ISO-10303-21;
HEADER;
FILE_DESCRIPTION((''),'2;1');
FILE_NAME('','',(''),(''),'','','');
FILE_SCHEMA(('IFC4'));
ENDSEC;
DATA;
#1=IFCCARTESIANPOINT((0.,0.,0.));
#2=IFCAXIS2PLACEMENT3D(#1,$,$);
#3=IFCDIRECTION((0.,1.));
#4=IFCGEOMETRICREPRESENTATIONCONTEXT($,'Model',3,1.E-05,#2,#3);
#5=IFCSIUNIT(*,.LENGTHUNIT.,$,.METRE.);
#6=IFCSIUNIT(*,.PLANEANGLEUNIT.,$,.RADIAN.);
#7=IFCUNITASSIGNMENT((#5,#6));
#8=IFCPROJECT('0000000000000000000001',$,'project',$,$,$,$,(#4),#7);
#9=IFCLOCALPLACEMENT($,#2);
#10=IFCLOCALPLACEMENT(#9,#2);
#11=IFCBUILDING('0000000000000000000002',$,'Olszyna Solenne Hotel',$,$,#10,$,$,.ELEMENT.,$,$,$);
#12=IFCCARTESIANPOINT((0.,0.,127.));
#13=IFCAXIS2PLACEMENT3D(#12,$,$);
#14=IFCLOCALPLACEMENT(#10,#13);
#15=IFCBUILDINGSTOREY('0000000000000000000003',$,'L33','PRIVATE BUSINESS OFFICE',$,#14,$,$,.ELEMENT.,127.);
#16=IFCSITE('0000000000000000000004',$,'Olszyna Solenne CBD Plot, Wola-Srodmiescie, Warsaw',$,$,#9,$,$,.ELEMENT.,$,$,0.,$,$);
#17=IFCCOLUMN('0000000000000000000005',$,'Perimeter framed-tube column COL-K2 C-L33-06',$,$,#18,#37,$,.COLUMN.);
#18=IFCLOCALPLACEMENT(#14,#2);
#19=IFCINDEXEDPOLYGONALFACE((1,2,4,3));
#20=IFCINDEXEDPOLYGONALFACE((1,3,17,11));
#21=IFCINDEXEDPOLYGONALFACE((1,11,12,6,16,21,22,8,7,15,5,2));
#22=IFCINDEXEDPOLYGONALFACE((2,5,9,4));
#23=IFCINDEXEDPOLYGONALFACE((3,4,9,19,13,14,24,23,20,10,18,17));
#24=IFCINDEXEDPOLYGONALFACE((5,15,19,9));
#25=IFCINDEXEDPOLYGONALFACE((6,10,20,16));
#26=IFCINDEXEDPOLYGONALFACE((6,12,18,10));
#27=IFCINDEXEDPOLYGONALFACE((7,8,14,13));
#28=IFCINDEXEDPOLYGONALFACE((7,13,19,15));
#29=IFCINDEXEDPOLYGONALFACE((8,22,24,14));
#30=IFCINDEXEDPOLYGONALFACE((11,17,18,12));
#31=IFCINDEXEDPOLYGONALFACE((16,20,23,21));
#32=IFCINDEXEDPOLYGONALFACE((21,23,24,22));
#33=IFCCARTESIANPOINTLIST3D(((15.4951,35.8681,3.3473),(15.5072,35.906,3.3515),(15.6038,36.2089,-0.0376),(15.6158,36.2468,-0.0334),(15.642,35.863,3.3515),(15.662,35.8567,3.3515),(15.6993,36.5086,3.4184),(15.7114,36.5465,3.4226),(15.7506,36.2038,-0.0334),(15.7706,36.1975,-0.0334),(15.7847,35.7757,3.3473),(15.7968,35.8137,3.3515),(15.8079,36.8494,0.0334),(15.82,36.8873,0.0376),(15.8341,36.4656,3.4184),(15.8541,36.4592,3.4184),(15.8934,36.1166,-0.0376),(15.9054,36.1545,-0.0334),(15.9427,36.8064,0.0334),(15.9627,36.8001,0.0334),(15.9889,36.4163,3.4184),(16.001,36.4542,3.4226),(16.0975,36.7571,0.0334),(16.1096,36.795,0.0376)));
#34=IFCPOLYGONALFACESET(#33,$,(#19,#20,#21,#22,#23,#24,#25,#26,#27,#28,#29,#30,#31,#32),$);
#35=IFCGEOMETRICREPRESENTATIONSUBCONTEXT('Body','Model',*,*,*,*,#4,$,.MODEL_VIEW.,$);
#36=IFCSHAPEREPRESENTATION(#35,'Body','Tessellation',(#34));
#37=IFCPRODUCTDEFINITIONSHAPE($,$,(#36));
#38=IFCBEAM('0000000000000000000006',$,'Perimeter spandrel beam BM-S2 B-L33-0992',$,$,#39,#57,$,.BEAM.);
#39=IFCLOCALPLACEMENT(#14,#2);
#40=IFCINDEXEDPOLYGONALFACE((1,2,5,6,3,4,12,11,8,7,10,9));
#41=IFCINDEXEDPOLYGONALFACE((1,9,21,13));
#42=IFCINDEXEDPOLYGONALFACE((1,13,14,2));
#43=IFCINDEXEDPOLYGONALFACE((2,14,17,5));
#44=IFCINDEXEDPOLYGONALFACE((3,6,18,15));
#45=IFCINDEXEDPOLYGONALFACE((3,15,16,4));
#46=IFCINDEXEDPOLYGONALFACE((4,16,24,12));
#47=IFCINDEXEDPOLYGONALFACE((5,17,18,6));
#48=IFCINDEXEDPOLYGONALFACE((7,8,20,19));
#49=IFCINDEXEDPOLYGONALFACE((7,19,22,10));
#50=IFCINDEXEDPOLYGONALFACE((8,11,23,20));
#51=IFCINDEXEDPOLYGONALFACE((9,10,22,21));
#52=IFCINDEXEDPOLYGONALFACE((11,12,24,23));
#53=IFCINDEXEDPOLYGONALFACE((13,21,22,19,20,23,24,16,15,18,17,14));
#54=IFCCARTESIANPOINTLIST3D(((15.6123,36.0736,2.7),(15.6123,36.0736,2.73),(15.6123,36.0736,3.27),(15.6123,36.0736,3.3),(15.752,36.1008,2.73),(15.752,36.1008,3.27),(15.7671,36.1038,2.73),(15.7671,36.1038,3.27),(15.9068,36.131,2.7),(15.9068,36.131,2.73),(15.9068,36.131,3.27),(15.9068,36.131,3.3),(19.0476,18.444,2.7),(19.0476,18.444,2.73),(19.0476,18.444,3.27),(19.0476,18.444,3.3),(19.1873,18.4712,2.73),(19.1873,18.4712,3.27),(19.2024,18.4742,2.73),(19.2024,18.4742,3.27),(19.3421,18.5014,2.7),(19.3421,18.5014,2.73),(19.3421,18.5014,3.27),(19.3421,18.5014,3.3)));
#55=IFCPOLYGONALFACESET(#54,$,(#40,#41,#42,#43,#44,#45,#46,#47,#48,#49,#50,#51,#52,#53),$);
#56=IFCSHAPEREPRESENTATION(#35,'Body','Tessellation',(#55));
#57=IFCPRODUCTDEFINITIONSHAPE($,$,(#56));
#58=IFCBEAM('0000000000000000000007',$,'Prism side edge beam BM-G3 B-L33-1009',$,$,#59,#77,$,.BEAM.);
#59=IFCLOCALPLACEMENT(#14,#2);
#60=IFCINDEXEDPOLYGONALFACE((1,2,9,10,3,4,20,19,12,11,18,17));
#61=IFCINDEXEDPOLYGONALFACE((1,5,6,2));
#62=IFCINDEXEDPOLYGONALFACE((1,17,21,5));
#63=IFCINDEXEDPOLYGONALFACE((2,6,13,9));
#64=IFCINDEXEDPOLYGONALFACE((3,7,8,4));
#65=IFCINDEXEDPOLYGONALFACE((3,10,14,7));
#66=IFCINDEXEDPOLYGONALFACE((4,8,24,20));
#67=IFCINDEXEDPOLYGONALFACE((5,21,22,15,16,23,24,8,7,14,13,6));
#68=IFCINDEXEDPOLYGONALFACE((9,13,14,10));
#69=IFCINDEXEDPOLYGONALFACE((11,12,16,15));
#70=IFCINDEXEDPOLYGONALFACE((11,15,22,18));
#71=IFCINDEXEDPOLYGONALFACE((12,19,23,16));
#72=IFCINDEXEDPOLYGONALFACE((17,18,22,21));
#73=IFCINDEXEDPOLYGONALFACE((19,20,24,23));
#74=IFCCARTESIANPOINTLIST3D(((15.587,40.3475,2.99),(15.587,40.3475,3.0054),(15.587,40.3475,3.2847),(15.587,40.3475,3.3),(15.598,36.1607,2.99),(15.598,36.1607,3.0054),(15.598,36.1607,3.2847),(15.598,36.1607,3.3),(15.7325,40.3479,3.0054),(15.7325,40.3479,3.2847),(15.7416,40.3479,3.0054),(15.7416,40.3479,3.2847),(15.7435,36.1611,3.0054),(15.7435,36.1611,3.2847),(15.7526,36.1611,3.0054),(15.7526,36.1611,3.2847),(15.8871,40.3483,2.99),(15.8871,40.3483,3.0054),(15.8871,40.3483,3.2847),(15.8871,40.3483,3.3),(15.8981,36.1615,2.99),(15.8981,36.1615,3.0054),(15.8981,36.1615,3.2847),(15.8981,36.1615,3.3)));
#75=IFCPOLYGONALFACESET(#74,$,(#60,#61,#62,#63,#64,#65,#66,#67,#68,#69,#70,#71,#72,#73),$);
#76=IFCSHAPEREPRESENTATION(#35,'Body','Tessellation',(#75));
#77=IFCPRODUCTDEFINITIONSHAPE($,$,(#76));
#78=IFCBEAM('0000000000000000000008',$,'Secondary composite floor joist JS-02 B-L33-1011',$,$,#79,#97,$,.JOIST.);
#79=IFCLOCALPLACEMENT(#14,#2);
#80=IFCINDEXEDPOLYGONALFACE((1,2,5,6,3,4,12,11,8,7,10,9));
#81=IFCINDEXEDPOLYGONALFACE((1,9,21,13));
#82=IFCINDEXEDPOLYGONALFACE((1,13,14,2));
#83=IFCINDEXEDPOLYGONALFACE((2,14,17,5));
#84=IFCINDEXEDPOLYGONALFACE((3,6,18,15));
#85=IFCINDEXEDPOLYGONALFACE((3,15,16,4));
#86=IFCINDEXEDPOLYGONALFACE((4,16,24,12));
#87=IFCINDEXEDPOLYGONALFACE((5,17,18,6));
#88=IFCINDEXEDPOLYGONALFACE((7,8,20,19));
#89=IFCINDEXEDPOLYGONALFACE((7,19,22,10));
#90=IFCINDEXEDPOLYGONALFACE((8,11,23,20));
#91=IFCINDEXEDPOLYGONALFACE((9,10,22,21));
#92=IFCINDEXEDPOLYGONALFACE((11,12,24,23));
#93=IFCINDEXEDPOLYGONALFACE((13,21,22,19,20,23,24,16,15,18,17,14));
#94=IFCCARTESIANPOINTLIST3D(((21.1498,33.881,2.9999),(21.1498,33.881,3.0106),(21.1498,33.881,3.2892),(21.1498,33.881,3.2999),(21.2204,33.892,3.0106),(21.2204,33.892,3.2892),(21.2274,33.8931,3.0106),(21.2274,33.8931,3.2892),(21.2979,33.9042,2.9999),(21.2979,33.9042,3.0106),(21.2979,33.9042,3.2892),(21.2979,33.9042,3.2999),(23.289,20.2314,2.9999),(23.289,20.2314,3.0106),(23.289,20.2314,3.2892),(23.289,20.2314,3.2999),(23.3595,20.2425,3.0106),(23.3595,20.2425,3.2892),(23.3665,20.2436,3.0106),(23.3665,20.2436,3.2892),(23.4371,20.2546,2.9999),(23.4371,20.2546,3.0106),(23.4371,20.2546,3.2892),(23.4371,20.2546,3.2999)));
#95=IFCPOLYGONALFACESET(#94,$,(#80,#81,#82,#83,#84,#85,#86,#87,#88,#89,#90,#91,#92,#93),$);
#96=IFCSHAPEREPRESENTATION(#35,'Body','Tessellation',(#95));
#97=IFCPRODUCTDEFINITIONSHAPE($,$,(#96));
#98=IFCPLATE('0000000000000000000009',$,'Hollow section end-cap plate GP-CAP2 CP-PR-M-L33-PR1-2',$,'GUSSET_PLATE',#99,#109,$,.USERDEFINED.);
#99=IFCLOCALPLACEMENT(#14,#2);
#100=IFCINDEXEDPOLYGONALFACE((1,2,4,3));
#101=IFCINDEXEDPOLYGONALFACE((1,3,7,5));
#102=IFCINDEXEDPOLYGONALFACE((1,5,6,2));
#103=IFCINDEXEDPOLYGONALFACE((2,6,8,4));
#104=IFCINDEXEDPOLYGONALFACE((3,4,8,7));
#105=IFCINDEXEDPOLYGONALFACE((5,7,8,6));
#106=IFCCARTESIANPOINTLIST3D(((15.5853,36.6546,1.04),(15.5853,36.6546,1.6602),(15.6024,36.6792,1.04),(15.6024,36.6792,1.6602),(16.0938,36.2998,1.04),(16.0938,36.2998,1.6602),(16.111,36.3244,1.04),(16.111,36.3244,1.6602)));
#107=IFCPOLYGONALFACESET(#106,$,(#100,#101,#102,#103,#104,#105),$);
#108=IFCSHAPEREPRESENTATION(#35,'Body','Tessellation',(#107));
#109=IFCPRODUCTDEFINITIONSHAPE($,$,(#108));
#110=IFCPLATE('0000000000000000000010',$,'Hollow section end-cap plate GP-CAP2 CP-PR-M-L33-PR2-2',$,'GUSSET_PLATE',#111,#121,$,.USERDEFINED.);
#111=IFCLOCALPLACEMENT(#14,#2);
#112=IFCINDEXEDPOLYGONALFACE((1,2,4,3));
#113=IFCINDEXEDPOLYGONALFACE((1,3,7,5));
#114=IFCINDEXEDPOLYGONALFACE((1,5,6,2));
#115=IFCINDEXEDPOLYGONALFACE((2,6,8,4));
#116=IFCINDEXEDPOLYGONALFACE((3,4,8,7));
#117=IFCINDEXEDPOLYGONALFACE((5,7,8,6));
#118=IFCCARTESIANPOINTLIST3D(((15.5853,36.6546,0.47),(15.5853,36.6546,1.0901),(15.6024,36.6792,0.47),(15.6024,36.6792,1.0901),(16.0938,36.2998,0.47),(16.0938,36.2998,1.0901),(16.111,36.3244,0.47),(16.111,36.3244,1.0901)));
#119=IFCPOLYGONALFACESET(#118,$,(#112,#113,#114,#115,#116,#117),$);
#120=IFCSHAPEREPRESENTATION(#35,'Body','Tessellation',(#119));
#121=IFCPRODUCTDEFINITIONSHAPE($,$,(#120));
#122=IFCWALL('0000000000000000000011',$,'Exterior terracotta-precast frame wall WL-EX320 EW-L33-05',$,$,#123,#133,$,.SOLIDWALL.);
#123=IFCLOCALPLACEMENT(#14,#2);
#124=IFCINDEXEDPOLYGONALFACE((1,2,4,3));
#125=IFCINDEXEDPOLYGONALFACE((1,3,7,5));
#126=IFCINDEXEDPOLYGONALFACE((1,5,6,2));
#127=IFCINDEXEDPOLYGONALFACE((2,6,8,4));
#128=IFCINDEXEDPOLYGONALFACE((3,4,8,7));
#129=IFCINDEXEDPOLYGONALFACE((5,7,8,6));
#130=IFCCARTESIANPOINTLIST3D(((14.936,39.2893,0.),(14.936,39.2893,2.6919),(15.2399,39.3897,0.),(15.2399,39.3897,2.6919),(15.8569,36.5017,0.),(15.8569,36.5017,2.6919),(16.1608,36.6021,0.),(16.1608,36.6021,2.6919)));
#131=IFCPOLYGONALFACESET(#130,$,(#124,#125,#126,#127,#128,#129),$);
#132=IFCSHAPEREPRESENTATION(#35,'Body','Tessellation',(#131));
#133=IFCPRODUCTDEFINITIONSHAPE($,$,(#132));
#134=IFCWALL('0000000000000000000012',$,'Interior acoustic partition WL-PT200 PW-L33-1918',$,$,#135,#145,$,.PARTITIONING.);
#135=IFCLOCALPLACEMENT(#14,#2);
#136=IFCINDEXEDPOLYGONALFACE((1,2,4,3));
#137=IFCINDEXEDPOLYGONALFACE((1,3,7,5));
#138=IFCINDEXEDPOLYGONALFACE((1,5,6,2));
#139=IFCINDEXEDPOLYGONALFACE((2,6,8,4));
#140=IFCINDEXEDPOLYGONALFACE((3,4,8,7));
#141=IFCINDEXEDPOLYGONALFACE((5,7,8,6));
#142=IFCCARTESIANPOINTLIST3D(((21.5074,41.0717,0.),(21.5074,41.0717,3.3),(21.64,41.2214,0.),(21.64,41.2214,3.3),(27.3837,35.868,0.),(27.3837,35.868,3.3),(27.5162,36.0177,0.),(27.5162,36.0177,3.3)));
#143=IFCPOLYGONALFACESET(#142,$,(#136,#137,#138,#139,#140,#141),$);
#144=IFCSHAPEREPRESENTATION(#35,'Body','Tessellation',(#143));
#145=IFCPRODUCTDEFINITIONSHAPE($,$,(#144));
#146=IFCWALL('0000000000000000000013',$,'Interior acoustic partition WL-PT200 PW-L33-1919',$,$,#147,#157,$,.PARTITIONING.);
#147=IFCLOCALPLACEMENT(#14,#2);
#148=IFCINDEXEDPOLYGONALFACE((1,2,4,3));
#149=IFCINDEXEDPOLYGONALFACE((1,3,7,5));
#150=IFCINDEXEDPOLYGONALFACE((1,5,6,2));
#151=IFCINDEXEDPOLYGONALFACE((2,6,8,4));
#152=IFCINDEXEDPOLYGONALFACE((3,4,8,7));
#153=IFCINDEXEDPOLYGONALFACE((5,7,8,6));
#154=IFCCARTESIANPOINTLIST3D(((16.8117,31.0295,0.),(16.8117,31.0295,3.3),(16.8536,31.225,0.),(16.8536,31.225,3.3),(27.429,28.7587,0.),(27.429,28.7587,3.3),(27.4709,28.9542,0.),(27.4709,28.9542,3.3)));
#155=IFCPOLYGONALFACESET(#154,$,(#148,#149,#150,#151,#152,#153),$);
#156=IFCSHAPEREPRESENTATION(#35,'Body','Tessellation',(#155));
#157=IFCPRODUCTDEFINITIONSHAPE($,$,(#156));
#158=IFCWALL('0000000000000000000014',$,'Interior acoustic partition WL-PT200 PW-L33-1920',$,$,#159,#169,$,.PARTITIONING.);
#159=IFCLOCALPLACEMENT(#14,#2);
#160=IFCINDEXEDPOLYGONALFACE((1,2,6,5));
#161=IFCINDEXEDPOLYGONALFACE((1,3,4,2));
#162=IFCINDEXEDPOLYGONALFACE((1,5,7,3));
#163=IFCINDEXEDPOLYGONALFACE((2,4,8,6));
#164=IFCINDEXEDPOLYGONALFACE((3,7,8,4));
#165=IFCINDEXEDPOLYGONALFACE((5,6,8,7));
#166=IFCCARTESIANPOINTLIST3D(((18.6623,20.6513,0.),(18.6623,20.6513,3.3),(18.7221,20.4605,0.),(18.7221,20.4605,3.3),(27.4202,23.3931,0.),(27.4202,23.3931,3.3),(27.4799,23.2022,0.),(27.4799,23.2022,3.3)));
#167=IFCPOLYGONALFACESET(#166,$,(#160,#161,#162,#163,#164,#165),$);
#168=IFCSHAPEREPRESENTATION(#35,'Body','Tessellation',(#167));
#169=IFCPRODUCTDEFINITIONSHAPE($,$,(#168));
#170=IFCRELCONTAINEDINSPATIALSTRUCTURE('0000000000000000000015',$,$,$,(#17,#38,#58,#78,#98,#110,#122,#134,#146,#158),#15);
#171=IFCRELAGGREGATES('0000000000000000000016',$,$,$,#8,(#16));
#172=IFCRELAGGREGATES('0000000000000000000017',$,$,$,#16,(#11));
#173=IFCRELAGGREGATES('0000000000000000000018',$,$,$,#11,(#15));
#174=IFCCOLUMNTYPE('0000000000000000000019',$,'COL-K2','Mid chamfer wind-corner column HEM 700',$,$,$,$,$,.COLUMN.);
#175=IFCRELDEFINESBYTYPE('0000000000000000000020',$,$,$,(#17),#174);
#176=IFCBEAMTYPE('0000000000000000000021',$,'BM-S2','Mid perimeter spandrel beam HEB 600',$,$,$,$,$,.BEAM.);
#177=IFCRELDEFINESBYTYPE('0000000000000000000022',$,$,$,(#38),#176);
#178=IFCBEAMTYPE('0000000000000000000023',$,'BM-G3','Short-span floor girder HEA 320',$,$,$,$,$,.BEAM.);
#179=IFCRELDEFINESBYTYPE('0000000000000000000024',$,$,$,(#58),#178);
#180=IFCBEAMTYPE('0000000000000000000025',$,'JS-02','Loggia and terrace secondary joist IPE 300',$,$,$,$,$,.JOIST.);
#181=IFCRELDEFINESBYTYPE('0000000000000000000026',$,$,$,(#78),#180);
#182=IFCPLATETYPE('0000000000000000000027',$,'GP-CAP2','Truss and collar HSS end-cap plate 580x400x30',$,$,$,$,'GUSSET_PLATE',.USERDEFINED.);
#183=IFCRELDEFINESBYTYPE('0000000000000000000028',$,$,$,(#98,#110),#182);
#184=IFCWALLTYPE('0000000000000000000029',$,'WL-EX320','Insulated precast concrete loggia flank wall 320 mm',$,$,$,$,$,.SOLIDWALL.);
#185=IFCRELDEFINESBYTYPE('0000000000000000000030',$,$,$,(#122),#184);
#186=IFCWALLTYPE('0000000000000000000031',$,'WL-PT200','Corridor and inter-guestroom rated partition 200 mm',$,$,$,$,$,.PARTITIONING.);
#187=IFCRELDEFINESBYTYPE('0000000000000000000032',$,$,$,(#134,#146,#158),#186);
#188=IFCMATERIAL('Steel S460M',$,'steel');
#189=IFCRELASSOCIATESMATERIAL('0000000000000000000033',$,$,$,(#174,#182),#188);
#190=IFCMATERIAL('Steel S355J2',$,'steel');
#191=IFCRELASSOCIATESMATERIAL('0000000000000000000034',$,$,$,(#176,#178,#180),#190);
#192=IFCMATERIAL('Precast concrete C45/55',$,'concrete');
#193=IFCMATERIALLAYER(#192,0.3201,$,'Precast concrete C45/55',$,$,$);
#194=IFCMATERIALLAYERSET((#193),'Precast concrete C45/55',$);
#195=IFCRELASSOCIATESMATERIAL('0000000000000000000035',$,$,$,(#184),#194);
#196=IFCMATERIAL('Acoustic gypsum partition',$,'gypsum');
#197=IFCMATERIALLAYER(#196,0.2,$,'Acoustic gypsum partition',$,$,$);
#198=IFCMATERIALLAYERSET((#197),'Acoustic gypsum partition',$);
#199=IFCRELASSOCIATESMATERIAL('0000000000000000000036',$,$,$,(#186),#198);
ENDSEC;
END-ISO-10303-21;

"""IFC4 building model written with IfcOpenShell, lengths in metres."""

from ifc_helpers import new_model, si_unit, direction, frame, frame_2d, origin, origin_2d, place, context, subcontext, project, spatial, rectangle, i_section, extrude, source, transform, mapped, material, layer, layer_set, material_profile, profile_set, type_object, element, save


model = new_model("IFC4")

# Units and contexts
model_context = context("Model", 3, precision=1e-05, world=origin(), true_north=direction((0.0, 1.0)))
body_context = subcontext(model_context, "Body", "Model", "MODEL_VIEW")
ifc_project = project(units=[si_unit("LENGTHUNIT", "METRE"), si_unit("PLANEANGLEUNIT", "RADIAN")], contexts=[model_context])

# Site, building, storey
site_placement = place(None, origin())
site = spatial("IfcSite", under=ifc_project, at=site_placement, Name="Olszyna Solenne CBD Plot, Wola-Srodmiescie, Warsaw", CompositionType="ELEMENT", RefElevation=0.0)
building_placement = place(site_placement, origin())
building = spatial("IfcBuilding", under=site, at=building_placement, Name="Olszyna Solenne Hotel", CompositionType="ELEMENT")
storey_placement = place(building_placement, frame((0.0, 0.0, 127.0)))
storey = spatial("IfcBuildingStorey", under=building, at=storey_placement, Name="L33", Description="PRIVATE BUSINESS OFFICE", CompositionType="ELEMENT", Elevation=127.0)

# Column
ifc_material_1 = material(Name="Steel S460M", Category="steel")
ifc_material_profile_1 = material_profile(ifc_material_1, i_section(OverallWidth=0.304, OverallDepth=0.7161, WebThickness=0.021, FlangeThickness=0.04, at=origin_2d()), Name="HEM 700", Category="load-bearing")
ifc_profile_set_1 = profile_set([ifc_material_profile_1], Name="Steel S460M")
column_type = type_object("IfcColumnType", Name="COL-K2", Description="Mid chamfer wind-corner column HEM 700", PredefinedType="COLUMN", material=ifc_profile_set_1)
shared_shape_1 = source(origin(), body_context, "Body", "SweptSolid", [
    extrude(i_section(OverallWidth=0.304, OverallDepth=0.7161, WebThickness=0.021, FlangeThickness=0.04, at=origin_2d()), origin(), (0.0, 0.0, 1.0), 3.4038),
])
column_placement = place(storey_placement, frame((15.8567, 36.502, 0.0), z_axis=(-0.031917, -0.100128, 0.994463), x_axis=(0.952764, -0.303711, 0.0)))
element("IfcColumn", 1, at=column_placement, inside=storey, type_object=column_type, Name="Perimeter framed-tube column COL-K2 C-L33-06", PredefinedType="COLUMN", context=body_context, shape_type="MappedRepresentation", body=[
    mapped(shared_shape_1, transform((0.0, 0.0, 0.0), x_axis=(1.0, 0.0, 0.0), y_axis=(0.0, 1.0, 0.0), z_axis=(0.0, 0.0, 1.0), scale=1.0)),
])

# Beams
ifc_material_2 = material(Name="Steel S355J2", Category="steel")
ifc_material_profile_2 = material_profile(ifc_material_2, i_section(OverallWidth=0.3, OverallDepth=0.6001, WebThickness=0.0154, FlangeThickness=0.03, at=origin_2d()), Name="HEB 600", Category="load-bearing")
ifc_profile_set_2 = profile_set([ifc_material_profile_2], Name="Steel S355J2")
beam_type_1 = type_object("IfcBeamType", Name="BM-S2", Description="Mid perimeter spandrel beam HEB 600", PredefinedType="BEAM", material=ifc_profile_set_2)
shared_shape_2 = source(origin(), body_context, "Body", "SweptSolid", [
    extrude(i_section(OverallWidth=0.3, OverallDepth=0.6001, WebThickness=0.0154, FlangeThickness=0.03, at=origin_2d()), origin(), (0.0, 0.0, 1.0), 17.9612),
])
beam_1_placement = place(storey_placement, frame((15.7595, 36.1023, 3.0), z_axis=(0.191262, -0.981539, 0.0), x_axis=(0.981539, 0.191262, 0.0)))
element("IfcBeam", 2, at=beam_1_placement, inside=storey, type_object=beam_type_1, Name="Perimeter spandrel beam BM-S2 B-L33-0992", PredefinedType="BEAM", context=body_context, shape_type="MappedRepresentation", body=[
    mapped(shared_shape_2, transform((0.0, 0.0, 0.0), x_axis=(1.0, 0.0, 0.0), y_axis=(0.0, 1.0, 0.0), z_axis=(0.0, 0.0, 1.0), scale=1.0)),
])
ifc_material_profile_3 = material_profile(ifc_material_2, i_section(OverallWidth=0.3, OverallDepth=0.3101, WebThickness=0.009, FlangeThickness=0.0154, at=origin_2d()), Name="HEA 320", Category="load-bearing")
ifc_profile_set_3 = profile_set([ifc_material_profile_3], Name="Steel S355J2")
beam_type_2 = type_object("IfcBeamType", Name="BM-G3", Description="Short-span floor girder HEA 320", PredefinedType="BEAM", material=ifc_profile_set_3)
shared_shape_3 = source(origin(), body_context, "Body", "SweptSolid", [
    extrude(i_section(OverallWidth=0.3, OverallDepth=0.3101, WebThickness=0.009, FlangeThickness=0.0154, at=origin_2d()), origin(), (0.0, 0.0, 1.0), 4.1868),
])
beam_2_placement = place(storey_placement, frame((15.748, 36.1611, 3.145), z_axis=(-0.002624, 0.999997, 0.0), x_axis=(-0.999997, -0.002624, 0.0)))
element("IfcBeam", 3, at=beam_2_placement, inside=storey, type_object=beam_type_2, Name="Prism side edge beam BM-G3 B-L33-1009", PredefinedType="BEAM", context=body_context, shape_type="MappedRepresentation", body=[
    mapped(shared_shape_3, transform((0.0, 0.0, 0.0), x_axis=(1.0, 0.0, 0.0), y_axis=(0.0, 1.0, 0.0), z_axis=(0.0, 0.0, 1.0), scale=1.0)),
])
ifc_material_profile_4 = material_profile(ifc_material_2, i_section(OverallWidth=0.1499, OverallDepth=0.3, WebThickness=0.0071, FlangeThickness=0.0107, at=origin_2d()), Name="IPE 300", Category="load-bearing")
ifc_profile_set_4 = profile_set([ifc_material_profile_4], Name="Steel S355J2")
beam_type_3 = type_object("IfcBeamType", Name="JS-02", Description="Loggia and terrace secondary joist IPE 300", PredefinedType="JOIST", material=ifc_profile_set_4)
shared_shape_4 = source(origin(), body_context, "Body", "SweptSolid", [
    extrude(i_section(OverallWidth=0.1499, OverallDepth=0.3, WebThickness=0.0071, FlangeThickness=0.0107, at=origin_2d()), origin(), (0.0, 0.0, 1.0), 13.8162),
])
beam_3_placement = place(storey_placement, frame((21.2239, 33.8926, 3.1499), z_axis=(0.154829, -0.987941, 0.0), x_axis=(0.987941, 0.154829, 0.0)))
element("IfcBeam", 4, at=beam_3_placement, inside=storey, type_object=beam_type_3, Name="Secondary composite floor joist JS-02 B-L33-1011", PredefinedType="JOIST", context=body_context, shape_type="MappedRepresentation", body=[
    mapped(shared_shape_4, transform((0.0, 0.0, 0.0), x_axis=(1.0, 0.0, 0.0), y_axis=(0.0, 1.0, 0.0), z_axis=(0.0, 0.0, 1.0), scale=1.0)),
])

# Plates
plate_type = type_object("IfcPlateType", Name="GP-CAP2", Description="Truss and collar HSS end-cap plate 580x400x30", ElementType="GUSSET_PLATE", PredefinedType="USERDEFINED", material=ifc_material_1)
shared_shape_5 = source(origin(), body_context, "Body", "SweptSolid", [
    extrude(rectangle(XDim=0.03, YDim=0.6201, at=origin_2d()), origin(), (0.0, 0.0, 1.0), 0.6201),
])
for number, where, z_axis, x_axis, name in (
    (5, (15.8481, 36.4895, 1.04), (0.0, 0.0, 1.0), (-0.572146, -0.820152, 0.0), "Hollow section end-cap plate GP-CAP2 CP-PR-M-L33-PR1-2"),
    (6, (15.8481, 36.4895, 0.47), (0.0, 0.0, 1.0), (-0.572146, -0.820152, 0.0), "Hollow section end-cap plate GP-CAP2 CP-PR-M-L33-PR2-2"),
):
    element("IfcPlate", number, at=place(storey_placement, frame(where, z_axis=z_axis, x_axis=x_axis)), inside=storey, type_object=plate_type, Name=name, ObjectType="GUSSET_PLATE", PredefinedType="USERDEFINED", context=body_context, shape_type="MappedRepresentation", body=[
        mapped(shared_shape_5, transform((0.0, 0.0, 0.0), x_axis=(1.0, 0.0, 0.0), y_axis=(0.0, 1.0, 0.0), z_axis=(0.0, 0.0, 1.0), scale=1.0)),
    ])

# Walls
ifc_material_3 = material(Name="Precast concrete C45/55", Category="concrete")
ifc_layer_1 = layer(ifc_material_3, 0.3201, Name="Precast concrete C45/55")
ifc_layer_set_1 = layer_set([ifc_layer_1], Name="Precast concrete C45/55")
wall_type_1 = type_object("IfcWallType", Name="WL-EX320", Description="Insulated precast concrete loggia flank wall 320 mm", PredefinedType="SOLIDWALL", material=ifc_layer_set_1)
wall_1_placement = place(storey_placement, frame((16.0088, 36.552, 0.0), z_axis=(0.0, 0.0, 1.0), x_axis=(-0.313682, 0.949528, 0.0)))
element("IfcWall", 7, at=wall_1_placement, inside=storey, type_object=wall_type_1, Name="Exterior terracotta-precast frame wall WL-EX320 EW-L33-05", PredefinedType="SOLIDWALL", context=body_context, shape_type="SweptSolid", body=[
    extrude(rectangle(XDim=2.9358, YDim=0.3201, at=frame_2d((1.4678, 0.0))), origin(), (0.0, 0.0, 1.0), 2.6919),
])
ifc_material_4 = material(Name="Acoustic gypsum partition", Category="gypsum")
ifc_layer_2 = layer(ifc_material_4, 0.2, Name="Acoustic gypsum partition")
ifc_layer_set_2 = layer_set([ifc_layer_2], Name="Acoustic gypsum partition")
wall_type_2 = type_object("IfcWallType", Name="WL-PT200", Description="Corridor and inter-guestroom rated partition 200 mm", PredefinedType="PARTITIONING", material=ifc_layer_set_2)
wall_2_placement = place(storey_placement, frame((27.45, 35.9429, 0.0), z_axis=(0.0, 0.0, 1.0), x_axis=(-0.748654, 0.662961, 0.0)))
element("IfcWall", 8, at=wall_2_placement, inside=storey, type_object=wall_type_2, Name="Interior acoustic partition WL-PT200 PW-L33-1918", PredefinedType="PARTITIONING", context=body_context, shape_type="SweptSolid", body=[
    extrude(rectangle(XDim=7.8491, YDim=0.2, at=frame_2d((3.9246, 0.0))), origin(), (0.0, 0.0, 1.0), 3.3),
])
wall_3_placement = place(storey_placement, frame((27.45, 28.8564, 0.0), z_axis=(0.0, 0.0, 1.0), x_axis=(-0.977885, 0.209145, 0.0)))
element("IfcWall", 9, at=wall_3_placement, inside=storey, type_object=wall_type_2, Name="Interior acoustic partition WL-PT200 PW-L33-1919", PredefinedType="PARTITIONING", context=body_context, shape_type="SweptSolid", body=[
    extrude(rectangle(XDim=10.8574, YDim=0.2, at=frame_2d((5.4287, 0.0))), origin(), (0.0, 0.0, 1.0), 3.3),
])
wall_4_placement = place(storey_placement, frame((27.45, 23.2976, 0.0), z_axis=(0.0, 0.0, 1.0), x_axis=(-0.954328, -0.29876, 0.0)))
element("IfcWall", 10, at=wall_4_placement, inside=storey, type_object=wall_type_2, Name="Interior acoustic partition WL-PT200 PW-L33-1920", PredefinedType="PARTITIONING", context=body_context, shape_type="SweptSolid", body=[
    extrude(rectangle(XDim=9.177, YDim=0.2, at=frame_2d((4.5884, 0.0))), origin(), (0.0, 0.0, 1.0), 3.3),
])

save(model, "model.ifc")
